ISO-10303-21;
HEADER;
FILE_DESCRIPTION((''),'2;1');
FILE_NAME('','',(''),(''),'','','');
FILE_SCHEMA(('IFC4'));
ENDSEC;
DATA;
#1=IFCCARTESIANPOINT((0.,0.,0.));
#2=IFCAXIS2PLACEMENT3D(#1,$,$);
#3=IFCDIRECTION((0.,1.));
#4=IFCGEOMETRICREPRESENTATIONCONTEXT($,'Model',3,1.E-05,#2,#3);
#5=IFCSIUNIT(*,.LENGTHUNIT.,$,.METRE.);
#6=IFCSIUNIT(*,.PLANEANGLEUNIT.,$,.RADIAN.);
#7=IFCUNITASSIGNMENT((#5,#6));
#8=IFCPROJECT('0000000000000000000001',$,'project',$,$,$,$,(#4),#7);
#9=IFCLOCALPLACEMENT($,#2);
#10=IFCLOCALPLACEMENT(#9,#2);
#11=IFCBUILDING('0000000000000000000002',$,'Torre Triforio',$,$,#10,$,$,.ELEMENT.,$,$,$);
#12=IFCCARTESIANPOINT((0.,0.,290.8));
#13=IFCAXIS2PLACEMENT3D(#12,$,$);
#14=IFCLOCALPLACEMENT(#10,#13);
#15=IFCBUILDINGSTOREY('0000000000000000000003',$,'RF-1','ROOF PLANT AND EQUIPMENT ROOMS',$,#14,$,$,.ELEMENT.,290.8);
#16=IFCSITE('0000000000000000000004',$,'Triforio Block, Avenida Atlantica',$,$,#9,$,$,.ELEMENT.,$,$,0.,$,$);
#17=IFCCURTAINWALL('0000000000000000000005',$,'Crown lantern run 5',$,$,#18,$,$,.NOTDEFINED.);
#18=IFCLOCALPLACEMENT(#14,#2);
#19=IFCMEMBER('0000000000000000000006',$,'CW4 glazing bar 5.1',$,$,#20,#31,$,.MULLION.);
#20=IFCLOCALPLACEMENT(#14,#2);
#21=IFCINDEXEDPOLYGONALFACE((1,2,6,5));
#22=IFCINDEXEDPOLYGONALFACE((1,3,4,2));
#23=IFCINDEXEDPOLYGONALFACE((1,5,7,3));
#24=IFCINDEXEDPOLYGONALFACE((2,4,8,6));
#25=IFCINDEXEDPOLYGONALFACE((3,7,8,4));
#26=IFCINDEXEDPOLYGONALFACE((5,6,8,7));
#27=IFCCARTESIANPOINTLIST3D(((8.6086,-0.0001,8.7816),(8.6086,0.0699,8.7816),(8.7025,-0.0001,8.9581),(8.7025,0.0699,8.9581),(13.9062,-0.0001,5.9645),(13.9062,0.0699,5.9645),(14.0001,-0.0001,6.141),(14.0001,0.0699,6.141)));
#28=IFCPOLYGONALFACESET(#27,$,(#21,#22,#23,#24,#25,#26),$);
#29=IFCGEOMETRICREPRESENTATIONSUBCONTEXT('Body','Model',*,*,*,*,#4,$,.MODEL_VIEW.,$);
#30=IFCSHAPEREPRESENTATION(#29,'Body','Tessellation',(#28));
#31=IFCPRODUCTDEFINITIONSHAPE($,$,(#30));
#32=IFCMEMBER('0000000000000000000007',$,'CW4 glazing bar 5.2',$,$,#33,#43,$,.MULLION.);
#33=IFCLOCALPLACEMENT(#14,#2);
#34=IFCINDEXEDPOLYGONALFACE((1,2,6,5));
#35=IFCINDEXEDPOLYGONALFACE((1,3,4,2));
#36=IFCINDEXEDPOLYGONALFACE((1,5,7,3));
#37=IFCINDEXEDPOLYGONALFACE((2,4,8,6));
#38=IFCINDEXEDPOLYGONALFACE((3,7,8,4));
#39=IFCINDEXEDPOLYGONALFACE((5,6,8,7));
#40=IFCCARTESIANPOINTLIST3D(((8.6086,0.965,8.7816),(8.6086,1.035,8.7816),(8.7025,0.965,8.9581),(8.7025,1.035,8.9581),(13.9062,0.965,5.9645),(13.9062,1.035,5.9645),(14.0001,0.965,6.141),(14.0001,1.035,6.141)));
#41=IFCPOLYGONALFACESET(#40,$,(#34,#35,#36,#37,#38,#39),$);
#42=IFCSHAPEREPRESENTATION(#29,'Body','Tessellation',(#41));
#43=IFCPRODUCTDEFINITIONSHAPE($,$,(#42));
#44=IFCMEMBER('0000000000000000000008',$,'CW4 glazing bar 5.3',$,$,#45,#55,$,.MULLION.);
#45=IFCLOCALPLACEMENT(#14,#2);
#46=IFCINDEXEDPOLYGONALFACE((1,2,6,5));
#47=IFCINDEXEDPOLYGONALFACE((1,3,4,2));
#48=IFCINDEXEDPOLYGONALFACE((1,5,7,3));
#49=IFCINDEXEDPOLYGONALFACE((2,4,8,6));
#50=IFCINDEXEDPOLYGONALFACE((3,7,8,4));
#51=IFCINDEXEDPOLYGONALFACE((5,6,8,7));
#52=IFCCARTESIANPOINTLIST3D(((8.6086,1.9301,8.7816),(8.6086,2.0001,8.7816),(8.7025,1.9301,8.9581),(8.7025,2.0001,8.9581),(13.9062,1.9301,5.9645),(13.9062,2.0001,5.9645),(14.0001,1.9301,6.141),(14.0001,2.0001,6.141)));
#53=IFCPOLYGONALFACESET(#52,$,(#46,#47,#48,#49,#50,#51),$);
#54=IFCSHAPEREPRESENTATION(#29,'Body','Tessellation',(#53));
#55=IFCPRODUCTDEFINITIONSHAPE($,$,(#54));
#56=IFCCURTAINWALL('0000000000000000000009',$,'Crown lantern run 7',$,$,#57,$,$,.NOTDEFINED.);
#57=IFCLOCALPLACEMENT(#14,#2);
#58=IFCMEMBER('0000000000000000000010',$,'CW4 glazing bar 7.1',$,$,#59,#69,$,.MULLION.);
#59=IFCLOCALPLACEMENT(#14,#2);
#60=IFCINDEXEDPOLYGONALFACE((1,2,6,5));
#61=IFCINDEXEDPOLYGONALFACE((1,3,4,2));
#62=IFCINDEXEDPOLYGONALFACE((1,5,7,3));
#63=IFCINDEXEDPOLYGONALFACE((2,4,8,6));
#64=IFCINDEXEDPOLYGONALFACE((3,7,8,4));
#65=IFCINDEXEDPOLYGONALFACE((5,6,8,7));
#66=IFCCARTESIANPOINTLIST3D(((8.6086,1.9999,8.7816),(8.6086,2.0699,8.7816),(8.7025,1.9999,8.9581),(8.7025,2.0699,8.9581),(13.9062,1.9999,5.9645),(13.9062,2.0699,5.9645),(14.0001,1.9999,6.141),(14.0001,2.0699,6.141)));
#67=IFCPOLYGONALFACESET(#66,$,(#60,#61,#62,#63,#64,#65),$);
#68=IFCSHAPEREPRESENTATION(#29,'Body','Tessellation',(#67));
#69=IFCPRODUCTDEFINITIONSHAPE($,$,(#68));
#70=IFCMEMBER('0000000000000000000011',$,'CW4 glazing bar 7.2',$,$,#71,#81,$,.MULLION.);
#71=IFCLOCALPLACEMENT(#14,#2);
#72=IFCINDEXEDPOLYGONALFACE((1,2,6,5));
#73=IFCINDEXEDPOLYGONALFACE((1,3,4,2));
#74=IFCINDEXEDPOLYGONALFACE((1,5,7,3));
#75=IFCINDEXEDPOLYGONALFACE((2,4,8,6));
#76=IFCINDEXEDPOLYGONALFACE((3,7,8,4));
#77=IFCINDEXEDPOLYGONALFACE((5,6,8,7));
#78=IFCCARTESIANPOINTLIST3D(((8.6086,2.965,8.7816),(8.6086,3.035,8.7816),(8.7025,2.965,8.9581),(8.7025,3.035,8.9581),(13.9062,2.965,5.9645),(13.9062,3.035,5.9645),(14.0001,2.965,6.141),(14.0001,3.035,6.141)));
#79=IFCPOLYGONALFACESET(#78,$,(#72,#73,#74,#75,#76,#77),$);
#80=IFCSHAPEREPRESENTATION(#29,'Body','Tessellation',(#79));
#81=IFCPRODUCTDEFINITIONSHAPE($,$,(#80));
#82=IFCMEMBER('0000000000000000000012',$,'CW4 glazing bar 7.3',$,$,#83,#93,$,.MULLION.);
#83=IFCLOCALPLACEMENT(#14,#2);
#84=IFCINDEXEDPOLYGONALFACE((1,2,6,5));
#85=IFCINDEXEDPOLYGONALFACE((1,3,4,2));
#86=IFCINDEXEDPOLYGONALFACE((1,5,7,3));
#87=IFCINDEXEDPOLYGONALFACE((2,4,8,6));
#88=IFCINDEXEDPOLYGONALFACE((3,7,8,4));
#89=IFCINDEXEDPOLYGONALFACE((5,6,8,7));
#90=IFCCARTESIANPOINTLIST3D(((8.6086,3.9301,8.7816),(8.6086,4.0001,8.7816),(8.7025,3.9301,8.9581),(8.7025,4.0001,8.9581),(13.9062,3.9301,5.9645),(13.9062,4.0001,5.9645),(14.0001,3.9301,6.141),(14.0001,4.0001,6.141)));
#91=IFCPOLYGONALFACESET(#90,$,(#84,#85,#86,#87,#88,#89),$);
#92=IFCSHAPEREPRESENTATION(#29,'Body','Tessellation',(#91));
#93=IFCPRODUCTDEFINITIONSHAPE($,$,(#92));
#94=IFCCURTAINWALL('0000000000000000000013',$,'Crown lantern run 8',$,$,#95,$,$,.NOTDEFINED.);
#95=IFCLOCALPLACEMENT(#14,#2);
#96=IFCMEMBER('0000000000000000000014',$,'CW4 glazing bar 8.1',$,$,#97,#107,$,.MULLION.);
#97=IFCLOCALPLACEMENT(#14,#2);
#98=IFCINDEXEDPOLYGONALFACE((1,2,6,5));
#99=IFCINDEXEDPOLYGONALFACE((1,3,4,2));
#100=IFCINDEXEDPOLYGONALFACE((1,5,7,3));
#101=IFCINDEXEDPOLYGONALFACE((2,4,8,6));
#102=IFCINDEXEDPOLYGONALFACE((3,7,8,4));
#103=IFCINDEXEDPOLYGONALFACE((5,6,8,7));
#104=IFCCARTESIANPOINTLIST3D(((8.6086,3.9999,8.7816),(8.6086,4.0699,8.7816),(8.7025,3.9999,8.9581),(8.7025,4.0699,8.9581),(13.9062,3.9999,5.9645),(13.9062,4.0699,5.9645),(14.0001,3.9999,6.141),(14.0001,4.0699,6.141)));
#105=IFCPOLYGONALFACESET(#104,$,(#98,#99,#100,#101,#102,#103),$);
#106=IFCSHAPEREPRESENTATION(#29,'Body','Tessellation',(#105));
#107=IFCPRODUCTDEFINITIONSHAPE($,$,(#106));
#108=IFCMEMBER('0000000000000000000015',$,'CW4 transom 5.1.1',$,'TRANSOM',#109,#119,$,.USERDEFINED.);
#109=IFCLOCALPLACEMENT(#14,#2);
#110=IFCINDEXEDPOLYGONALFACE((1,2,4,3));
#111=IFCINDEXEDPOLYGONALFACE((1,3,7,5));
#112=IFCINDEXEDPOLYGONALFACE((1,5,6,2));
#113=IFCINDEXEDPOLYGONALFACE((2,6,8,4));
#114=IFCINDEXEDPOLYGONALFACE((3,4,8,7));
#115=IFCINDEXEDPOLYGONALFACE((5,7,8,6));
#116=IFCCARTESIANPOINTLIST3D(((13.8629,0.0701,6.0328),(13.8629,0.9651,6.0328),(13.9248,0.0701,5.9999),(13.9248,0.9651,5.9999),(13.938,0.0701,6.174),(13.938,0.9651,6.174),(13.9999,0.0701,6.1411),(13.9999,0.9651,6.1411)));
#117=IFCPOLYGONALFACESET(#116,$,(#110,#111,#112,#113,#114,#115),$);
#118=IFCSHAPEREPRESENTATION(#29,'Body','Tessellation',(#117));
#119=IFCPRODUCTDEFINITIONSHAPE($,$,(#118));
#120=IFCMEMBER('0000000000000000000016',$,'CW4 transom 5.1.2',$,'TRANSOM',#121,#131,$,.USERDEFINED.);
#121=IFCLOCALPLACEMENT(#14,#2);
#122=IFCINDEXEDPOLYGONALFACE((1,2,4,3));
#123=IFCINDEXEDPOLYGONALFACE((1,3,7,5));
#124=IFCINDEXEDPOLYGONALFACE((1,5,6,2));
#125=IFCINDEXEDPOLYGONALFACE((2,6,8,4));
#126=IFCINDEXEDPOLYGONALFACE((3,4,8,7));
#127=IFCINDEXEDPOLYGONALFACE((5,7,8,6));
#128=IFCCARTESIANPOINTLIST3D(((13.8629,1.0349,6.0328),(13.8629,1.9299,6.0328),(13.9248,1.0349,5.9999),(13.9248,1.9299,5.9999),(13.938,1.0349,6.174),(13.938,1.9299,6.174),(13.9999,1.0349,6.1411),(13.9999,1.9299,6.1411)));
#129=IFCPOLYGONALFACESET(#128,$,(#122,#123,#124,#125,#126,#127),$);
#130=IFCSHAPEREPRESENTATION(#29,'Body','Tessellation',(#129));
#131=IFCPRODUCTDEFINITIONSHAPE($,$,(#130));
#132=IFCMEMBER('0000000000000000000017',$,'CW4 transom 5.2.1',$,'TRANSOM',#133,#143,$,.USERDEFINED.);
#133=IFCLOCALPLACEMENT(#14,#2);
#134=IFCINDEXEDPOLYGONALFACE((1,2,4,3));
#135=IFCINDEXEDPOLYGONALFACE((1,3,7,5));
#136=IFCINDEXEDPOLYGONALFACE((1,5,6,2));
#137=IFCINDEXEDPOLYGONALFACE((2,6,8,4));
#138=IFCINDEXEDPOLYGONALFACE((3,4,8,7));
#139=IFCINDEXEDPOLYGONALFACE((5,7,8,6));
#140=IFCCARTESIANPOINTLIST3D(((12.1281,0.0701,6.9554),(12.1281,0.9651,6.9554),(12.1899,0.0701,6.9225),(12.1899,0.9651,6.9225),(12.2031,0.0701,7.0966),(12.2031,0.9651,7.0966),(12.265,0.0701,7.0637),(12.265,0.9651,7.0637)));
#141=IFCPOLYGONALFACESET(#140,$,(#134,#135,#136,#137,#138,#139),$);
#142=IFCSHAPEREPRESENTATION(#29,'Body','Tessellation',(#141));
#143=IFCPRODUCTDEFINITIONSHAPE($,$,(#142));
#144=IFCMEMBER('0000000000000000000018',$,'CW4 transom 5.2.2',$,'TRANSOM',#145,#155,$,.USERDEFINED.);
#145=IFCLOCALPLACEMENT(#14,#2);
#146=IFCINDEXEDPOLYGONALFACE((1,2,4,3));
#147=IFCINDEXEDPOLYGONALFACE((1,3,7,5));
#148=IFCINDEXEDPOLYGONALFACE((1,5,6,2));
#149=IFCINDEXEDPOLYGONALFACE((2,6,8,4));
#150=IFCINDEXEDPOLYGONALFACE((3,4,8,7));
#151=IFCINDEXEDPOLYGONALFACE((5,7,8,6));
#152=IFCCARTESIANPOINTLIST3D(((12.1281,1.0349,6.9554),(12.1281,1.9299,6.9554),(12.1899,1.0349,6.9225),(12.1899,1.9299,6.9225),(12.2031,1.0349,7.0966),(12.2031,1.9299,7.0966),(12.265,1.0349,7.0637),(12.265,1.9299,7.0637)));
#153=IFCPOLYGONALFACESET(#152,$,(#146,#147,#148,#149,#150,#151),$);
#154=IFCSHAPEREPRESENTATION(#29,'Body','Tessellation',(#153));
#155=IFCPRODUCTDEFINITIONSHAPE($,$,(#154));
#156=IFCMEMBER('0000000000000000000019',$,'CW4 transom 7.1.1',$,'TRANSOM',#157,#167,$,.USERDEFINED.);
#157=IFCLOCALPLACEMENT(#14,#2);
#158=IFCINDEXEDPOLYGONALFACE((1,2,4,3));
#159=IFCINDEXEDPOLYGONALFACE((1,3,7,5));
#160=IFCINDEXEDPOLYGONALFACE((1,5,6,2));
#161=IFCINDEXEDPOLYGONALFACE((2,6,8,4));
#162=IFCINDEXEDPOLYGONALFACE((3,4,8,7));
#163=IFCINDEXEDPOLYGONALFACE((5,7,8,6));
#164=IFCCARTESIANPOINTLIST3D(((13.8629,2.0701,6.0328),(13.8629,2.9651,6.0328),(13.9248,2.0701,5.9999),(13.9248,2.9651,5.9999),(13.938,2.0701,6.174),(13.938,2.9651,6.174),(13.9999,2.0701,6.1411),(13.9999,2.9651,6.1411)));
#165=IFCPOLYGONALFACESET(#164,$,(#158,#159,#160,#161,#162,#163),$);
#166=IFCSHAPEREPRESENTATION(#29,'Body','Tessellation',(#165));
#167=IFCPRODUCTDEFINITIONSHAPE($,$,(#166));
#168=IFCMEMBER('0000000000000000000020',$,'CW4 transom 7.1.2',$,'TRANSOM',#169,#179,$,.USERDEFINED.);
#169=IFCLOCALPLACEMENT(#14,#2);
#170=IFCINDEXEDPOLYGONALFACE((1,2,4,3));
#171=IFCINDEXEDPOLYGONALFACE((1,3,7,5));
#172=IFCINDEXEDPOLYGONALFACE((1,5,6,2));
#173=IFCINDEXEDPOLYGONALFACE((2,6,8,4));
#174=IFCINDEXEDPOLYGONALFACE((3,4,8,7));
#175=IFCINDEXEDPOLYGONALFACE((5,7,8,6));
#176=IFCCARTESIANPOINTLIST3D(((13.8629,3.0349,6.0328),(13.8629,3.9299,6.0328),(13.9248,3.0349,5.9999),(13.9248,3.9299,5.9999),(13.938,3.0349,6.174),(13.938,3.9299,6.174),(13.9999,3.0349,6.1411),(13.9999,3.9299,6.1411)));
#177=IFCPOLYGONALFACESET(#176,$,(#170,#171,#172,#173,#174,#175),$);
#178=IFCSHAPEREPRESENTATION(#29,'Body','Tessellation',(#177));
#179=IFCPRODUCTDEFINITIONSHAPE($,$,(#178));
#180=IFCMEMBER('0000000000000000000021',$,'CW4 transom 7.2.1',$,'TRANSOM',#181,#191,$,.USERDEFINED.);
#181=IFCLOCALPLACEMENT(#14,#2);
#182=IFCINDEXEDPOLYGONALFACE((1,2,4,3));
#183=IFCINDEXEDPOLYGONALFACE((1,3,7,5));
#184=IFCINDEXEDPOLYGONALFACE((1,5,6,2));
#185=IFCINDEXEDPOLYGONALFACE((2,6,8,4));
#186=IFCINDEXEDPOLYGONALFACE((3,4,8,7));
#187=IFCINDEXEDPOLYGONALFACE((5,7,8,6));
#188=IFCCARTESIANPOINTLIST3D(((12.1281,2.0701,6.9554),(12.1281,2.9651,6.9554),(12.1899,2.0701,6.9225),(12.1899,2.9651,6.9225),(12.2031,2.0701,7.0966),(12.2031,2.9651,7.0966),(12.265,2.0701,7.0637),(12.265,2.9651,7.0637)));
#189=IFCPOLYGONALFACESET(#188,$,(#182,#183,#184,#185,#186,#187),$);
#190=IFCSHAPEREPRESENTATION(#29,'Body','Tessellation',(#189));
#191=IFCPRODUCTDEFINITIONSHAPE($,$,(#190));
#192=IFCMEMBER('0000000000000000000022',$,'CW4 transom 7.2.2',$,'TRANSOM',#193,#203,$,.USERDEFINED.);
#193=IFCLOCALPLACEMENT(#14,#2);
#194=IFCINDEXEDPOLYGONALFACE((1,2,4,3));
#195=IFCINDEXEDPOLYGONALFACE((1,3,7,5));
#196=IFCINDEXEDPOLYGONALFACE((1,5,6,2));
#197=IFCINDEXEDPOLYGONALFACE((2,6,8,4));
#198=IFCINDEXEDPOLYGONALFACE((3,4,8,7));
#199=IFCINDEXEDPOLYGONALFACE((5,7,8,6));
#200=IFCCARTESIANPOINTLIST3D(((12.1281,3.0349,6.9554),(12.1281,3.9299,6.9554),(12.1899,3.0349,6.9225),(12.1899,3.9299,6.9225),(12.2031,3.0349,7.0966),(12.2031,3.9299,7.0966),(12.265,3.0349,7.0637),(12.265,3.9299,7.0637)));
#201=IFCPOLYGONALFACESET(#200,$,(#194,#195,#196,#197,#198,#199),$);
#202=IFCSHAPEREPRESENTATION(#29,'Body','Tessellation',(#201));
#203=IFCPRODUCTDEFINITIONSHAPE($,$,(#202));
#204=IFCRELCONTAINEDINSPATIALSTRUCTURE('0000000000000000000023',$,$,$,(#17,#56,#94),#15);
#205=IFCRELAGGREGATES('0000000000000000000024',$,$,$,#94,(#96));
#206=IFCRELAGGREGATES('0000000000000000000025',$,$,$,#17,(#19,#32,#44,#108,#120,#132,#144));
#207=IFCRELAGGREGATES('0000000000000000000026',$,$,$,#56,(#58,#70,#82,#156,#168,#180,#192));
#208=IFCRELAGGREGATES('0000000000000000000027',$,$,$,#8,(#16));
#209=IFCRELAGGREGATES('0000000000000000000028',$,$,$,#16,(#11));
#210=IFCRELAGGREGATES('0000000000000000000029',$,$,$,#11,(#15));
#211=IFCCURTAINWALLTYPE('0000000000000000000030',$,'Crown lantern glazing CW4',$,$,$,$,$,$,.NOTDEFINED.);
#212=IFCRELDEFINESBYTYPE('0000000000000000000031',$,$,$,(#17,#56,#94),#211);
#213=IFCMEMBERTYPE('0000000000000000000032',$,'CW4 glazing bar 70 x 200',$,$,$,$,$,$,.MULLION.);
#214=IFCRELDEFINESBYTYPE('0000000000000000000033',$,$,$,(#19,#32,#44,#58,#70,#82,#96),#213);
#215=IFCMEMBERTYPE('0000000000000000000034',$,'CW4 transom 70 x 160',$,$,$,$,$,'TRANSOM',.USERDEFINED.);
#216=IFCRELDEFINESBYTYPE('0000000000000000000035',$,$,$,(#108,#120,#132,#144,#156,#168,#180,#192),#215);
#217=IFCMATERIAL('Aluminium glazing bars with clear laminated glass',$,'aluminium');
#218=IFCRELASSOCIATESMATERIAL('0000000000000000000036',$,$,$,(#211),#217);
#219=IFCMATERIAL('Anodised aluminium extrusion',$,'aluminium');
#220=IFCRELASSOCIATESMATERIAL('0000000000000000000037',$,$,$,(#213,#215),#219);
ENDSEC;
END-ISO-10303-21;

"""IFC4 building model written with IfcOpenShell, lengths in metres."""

from ifc_helpers import new_model, si_unit, direction, frame, origin, origin_2d, place, context, subcontext, project, spatial, rectangle, extrude, material, material_profile, profile_set, type_object, element, aggregate, save


model = new_model("IFC4")

# Units and contexts
model_context = context("Model", 3, precision=1e-05, world=origin(), true_north=direction((0.0, 1.0)))
body_context = subcontext(model_context, "Body", "Model", "MODEL_VIEW")
ifc_project = project(units=[si_unit("LENGTHUNIT", "METRE"), si_unit("PLANEANGLEUNIT", "RADIAN")], contexts=[model_context])

# Site, building, storey
site_placement = place(None, origin())
site = spatial("IfcSite", under=ifc_project, at=site_placement, Name="Triforio Block, Avenida Atlantica", CompositionType="ELEMENT", RefElevation=0.0)
building_placement = place(site_placement, origin())
building = spatial("IfcBuilding", under=site, at=building_placement, Name="Torre Triforio", CompositionType="ELEMENT")
storey_placement = place(building_placement, frame((0.0, 0.0, 290.8)))
storey = spatial("IfcBuildingStorey", under=building, at=storey_placement, Name="RF-1", Description="ROOF PLANT AND EQUIPMENT ROOMS", CompositionType="ELEMENT", Elevation=290.8)

# Curtain walls, members
ifc_material_1 = material(Name="Aluminium glazing bars with clear laminated glass", Category="aluminium")
curtain_wall_type = type_object("IfcCurtainWallType", Name="Crown lantern glazing CW4", PredefinedType="NOTDEFINED", material=ifc_material_1)
curtain_wall_1_placement = place(storey_placement, origin())
curtain_wall_1 = element("IfcCurtainWall", 1, at=curtain_wall_1_placement, inside=storey, type_object=curtain_wall_type, Name="Crown lantern run 5", PredefinedType="NOTDEFINED")
ifc_material_2 = material(Name="Anodised aluminium extrusion", Category="aluminium")
ifc_material_profile_1 = material_profile(ifc_material_2, rectangle(XDim=0.0701, YDim=0.2, at=origin_2d()), Name="CW4 MULLION 70x200")
ifc_profile_set_1 = profile_set([ifc_material_profile_1], Name="Anodised aluminium extrusion")
member_type_1 = type_object("IfcMemberType", Name="CW4 glazing bar 70 x 200", PredefinedType="MULLION", material=ifc_profile_set_1)
member_1_placement = place(storey_placement, frame((13.9531, 0.0349, 6.0527), z_axis=(-0.882923, 0.0, 0.469517), x_axis=(0.0, -1.0, 0.0)))
member_1 = element("IfcMember", 2, at=member_1_placement, type_object=member_type_1, Name="CW4 glazing bar 5.1", PredefinedType="MULLION", context=body_context, shape_type="SweptSolid", body=[
    extrude(rectangle(XDim=0.0701, YDim=0.2, at=origin_2d()), origin(), (0.0, 0.0, 1.0), 6.0),
])
member_2_placement = place(storey_placement, frame((13.9531, 1.0, 6.0527), z_axis=(-0.882923, 0.0, 0.469517), x_axis=(0.0, -1.0, 0.0)))
member_2 = element("IfcMember", 3, at=member_2_placement, type_object=member_type_1, Name="CW4 glazing bar 5.2", PredefinedType="MULLION", context=body_context, shape_type="SweptSolid", body=[
    extrude(rectangle(XDim=0.0701, YDim=0.2, at=origin_2d()), origin(), (0.0, 0.0, 1.0), 6.0),
])
member_3_placement = place(storey_placement, frame((13.9531, 1.9651, 6.0527), z_axis=(-0.882923, 0.0, 0.469517), x_axis=(0.0, -1.0, 0.0)))
member_3 = element("IfcMember", 4, at=member_3_placement, type_object=member_type_1, Name="CW4 glazing bar 5.3", PredefinedType="MULLION", context=body_context, shape_type="SweptSolid", body=[
    extrude(rectangle(XDim=0.0701, YDim=0.2, at=origin_2d()), origin(), (0.0, 0.0, 1.0), 6.0),
])
curtain_wall_2_placement = place(storey_placement, origin())
curtain_wall_2 = element("IfcCurtainWall", 5, at=curtain_wall_2_placement, inside=storey, type_object=curtain_wall_type, Name="Crown lantern run 7", PredefinedType="NOTDEFINED")
member_4_placement = place(storey_placement, frame((13.9531, 2.0349, 6.0527), z_axis=(-0.882923, 0.0, 0.469517), x_axis=(0.0, -1.0, 0.0)))
member_4 = element("IfcMember", 6, at=member_4_placement, type_object=member_type_1, Name="CW4 glazing bar 7.1", PredefinedType="MULLION", context=body_context, shape_type="SweptSolid", body=[
    extrude(rectangle(XDim=0.0701, YDim=0.2, at=origin_2d()), origin(), (0.0, 0.0, 1.0), 6.0),
])
member_5_placement = place(storey_placement, frame((13.9531, 3.0, 6.0527), z_axis=(-0.882923, 0.0, 0.469517), x_axis=(0.0, -1.0, 0.0)))
member_5 = element("IfcMember", 7, at=member_5_placement, type_object=member_type_1, Name="CW4 glazing bar 7.2", PredefinedType="MULLION", context=body_context, shape_type="SweptSolid", body=[
    extrude(rectangle(XDim=0.0701, YDim=0.2, at=origin_2d()), origin(), (0.0, 0.0, 1.0), 6.0),
])
member_6_placement = place(storey_placement, frame((13.9531, 3.9651, 6.0527), z_axis=(-0.882923, 0.0, 0.469517), x_axis=(0.0, -1.0, 0.0)))
member_6 = element("IfcMember", 8, at=member_6_placement, type_object=member_type_1, Name="CW4 glazing bar 7.3", PredefinedType="MULLION", context=body_context, shape_type="SweptSolid", body=[
    extrude(rectangle(XDim=0.0701, YDim=0.2, at=origin_2d()), origin(), (0.0, 0.0, 1.0), 6.0),
])

# Curtain wall, member
curtain_wall_3_placement = place(storey_placement, origin())
curtain_wall_3 = element("IfcCurtainWall", 9, at=curtain_wall_3_placement, inside=storey, type_object=curtain_wall_type, Name="Crown lantern run 8", PredefinedType="NOTDEFINED")
member_7_placement = place(storey_placement, frame((13.9531, 4.0349, 6.0527), z_axis=(-0.882923, 0.0, 0.469517), x_axis=(0.0, -1.0, 0.0)))
member_7 = element("IfcMember", 10, at=member_7_placement, type_object=member_type_1, Name="CW4 glazing bar 8.1", PredefinedType="MULLION", context=body_context, shape_type="SweptSolid", body=[
    extrude(rectangle(XDim=0.0701, YDim=0.2, at=origin_2d()), origin(), (0.0, 0.0, 1.0), 6.0),
])
aggregate(curtain_wall_3, [member_7])

# Members
ifc_material_profile_2 = material_profile(ifc_material_2, rectangle(XDim=0.0701, YDim=0.1599, at=origin_2d()), Name="CW4 TRANSOM 70x160")
ifc_profile_set_2 = profile_set([ifc_material_profile_2], Name="Anodised aluminium extrusion")
member_type_2 = type_object("IfcMemberType", Name="CW4 transom 70 x 160", ElementType="TRANSOM", PredefinedType="USERDEFINED", material=ifc_profile_set_2)
member_8_placement = place(storey_placement, frame((13.9314, 0.0701, 6.0869), z_axis=(0.0, 1.0, 0.0), x_axis=(-0.882948, 0.0, 0.469472)))
member_8 = element("IfcMember", 11, at=member_8_placement, type_object=member_type_2, Name="CW4 transom 5.1.1", ObjectType="TRANSOM", PredefinedType="USERDEFINED", context=body_context, shape_type="SweptSolid", body=[
    extrude(rectangle(XDim=0.0701, YDim=0.1599, at=origin_2d()), origin(), (0.0, 0.0, 1.0), 0.895),
])
member_9_placement = place(storey_placement, frame((13.9314, 1.0349, 6.0869), z_axis=(0.0, 1.0, 0.0), x_axis=(-0.882948, 0.0, 0.469472)))
member_9 = element("IfcMember", 12, at=member_9_placement, type_object=member_type_2, Name="CW4 transom 5.1.2", ObjectType="TRANSOM", PredefinedType="USERDEFINED", context=body_context, shape_type="SweptSolid", body=[
    extrude(rectangle(XDim=0.0701, YDim=0.1599, at=origin_2d()), origin(), (0.0, 0.0, 1.0), 0.895),
])
member_10_placement = place(storey_placement, frame((12.1965, 0.0701, 7.0095), z_axis=(0.0, 1.0, 0.0), x_axis=(-0.882948, 0.0, 0.469472)))
member_10 = element("IfcMember", 13, at=member_10_placement, type_object=member_type_2, Name="CW4 transom 5.2.1", ObjectType="TRANSOM", PredefinedType="USERDEFINED", context=body_context, shape_type="SweptSolid", body=[
    extrude(rectangle(XDim=0.0701, YDim=0.1599, at=origin_2d()), origin(), (0.0, 0.0, 1.0), 0.895),
])
member_11_placement = place(storey_placement, frame((12.1965, 1.0349, 7.0095), z_axis=(0.0, 1.0, 0.0), x_axis=(-0.882948, 0.0, 0.469472)))
member_11 = element("IfcMember", 14, at=member_11_placement, type_object=member_type_2, Name="CW4 transom 5.2.2", ObjectType="TRANSOM", PredefinedType="USERDEFINED", context=body_context, shape_type="SweptSolid", body=[
    extrude(rectangle(XDim=0.0701, YDim=0.1599, at=origin_2d()), origin(), (0.0, 0.0, 1.0), 0.895),
])
member_12_placement = place(storey_placement, frame((13.9314, 2.0701, 6.0869), z_axis=(0.0, 1.0, 0.0), x_axis=(-0.882948, 0.0, 0.469472)))
member_12 = element("IfcMember", 15, at=member_12_placement, type_object=member_type_2, Name="CW4 transom 7.1.1", ObjectType="TRANSOM", PredefinedType="USERDEFINED", context=body_context, shape_type="SweptSolid", body=[
    extrude(rectangle(XDim=0.0701, YDim=0.1599, at=origin_2d()), origin(), (0.0, 0.0, 1.0), 0.895),
])
member_13_placement = place(storey_placement, frame((13.9314, 3.0349, 6.0869), z_axis=(0.0, 1.0, 0.0), x_axis=(-0.882948, 0.0, 0.469472)))
member_13 = element("IfcMember", 16, at=member_13_placement, type_object=member_type_2, Name="CW4 transom 7.1.2", ObjectType="TRANSOM", PredefinedType="USERDEFINED", context=body_context, shape_type="SweptSolid", body=[
    extrude(rectangle(XDim=0.0701, YDim=0.1599, at=origin_2d()), origin(), (0.0, 0.0, 1.0), 0.895),
])
member_14_placement = place(storey_placement, frame((12.1965, 2.0701, 7.0095), z_axis=(0.0, 1.0, 0.0), x_axis=(-0.882948, 0.0, 0.469472)))
member_14 = element("IfcMember", 17, at=member_14_placement, type_object=member_type_2, Name="CW4 transom 7.2.1", ObjectType="TRANSOM", PredefinedType="USERDEFINED", context=body_context, shape_type="SweptSolid", body=[
    extrude(rectangle(XDim=0.0701, YDim=0.1599, at=origin_2d()), origin(), (0.0, 0.0, 1.0), 0.895),
])
member_15_placement = place(storey_placement, frame((12.1965, 3.0349, 7.0095), z_axis=(0.0, 1.0, 0.0), x_axis=(-0.882948, 0.0, 0.469472)))
member_15 = element("IfcMember", 18, at=member_15_placement, type_object=member_type_2, Name="CW4 transom 7.2.2", ObjectType="TRANSOM", PredefinedType="USERDEFINED", context=body_context, shape_type="SweptSolid", body=[
    extrude(rectangle(XDim=0.0701, YDim=0.1599, at=origin_2d()), origin(), (0.0, 0.0, 1.0), 0.895),
])

aggregate(curtain_wall_1, [member_1, member_2, member_3, member_8, member_9, member_10, member_11])
aggregate(curtain_wall_2, [member_4, member_5, member_6, member_12, member_13, member_14, member_15])

save(model, "model.ifc")
